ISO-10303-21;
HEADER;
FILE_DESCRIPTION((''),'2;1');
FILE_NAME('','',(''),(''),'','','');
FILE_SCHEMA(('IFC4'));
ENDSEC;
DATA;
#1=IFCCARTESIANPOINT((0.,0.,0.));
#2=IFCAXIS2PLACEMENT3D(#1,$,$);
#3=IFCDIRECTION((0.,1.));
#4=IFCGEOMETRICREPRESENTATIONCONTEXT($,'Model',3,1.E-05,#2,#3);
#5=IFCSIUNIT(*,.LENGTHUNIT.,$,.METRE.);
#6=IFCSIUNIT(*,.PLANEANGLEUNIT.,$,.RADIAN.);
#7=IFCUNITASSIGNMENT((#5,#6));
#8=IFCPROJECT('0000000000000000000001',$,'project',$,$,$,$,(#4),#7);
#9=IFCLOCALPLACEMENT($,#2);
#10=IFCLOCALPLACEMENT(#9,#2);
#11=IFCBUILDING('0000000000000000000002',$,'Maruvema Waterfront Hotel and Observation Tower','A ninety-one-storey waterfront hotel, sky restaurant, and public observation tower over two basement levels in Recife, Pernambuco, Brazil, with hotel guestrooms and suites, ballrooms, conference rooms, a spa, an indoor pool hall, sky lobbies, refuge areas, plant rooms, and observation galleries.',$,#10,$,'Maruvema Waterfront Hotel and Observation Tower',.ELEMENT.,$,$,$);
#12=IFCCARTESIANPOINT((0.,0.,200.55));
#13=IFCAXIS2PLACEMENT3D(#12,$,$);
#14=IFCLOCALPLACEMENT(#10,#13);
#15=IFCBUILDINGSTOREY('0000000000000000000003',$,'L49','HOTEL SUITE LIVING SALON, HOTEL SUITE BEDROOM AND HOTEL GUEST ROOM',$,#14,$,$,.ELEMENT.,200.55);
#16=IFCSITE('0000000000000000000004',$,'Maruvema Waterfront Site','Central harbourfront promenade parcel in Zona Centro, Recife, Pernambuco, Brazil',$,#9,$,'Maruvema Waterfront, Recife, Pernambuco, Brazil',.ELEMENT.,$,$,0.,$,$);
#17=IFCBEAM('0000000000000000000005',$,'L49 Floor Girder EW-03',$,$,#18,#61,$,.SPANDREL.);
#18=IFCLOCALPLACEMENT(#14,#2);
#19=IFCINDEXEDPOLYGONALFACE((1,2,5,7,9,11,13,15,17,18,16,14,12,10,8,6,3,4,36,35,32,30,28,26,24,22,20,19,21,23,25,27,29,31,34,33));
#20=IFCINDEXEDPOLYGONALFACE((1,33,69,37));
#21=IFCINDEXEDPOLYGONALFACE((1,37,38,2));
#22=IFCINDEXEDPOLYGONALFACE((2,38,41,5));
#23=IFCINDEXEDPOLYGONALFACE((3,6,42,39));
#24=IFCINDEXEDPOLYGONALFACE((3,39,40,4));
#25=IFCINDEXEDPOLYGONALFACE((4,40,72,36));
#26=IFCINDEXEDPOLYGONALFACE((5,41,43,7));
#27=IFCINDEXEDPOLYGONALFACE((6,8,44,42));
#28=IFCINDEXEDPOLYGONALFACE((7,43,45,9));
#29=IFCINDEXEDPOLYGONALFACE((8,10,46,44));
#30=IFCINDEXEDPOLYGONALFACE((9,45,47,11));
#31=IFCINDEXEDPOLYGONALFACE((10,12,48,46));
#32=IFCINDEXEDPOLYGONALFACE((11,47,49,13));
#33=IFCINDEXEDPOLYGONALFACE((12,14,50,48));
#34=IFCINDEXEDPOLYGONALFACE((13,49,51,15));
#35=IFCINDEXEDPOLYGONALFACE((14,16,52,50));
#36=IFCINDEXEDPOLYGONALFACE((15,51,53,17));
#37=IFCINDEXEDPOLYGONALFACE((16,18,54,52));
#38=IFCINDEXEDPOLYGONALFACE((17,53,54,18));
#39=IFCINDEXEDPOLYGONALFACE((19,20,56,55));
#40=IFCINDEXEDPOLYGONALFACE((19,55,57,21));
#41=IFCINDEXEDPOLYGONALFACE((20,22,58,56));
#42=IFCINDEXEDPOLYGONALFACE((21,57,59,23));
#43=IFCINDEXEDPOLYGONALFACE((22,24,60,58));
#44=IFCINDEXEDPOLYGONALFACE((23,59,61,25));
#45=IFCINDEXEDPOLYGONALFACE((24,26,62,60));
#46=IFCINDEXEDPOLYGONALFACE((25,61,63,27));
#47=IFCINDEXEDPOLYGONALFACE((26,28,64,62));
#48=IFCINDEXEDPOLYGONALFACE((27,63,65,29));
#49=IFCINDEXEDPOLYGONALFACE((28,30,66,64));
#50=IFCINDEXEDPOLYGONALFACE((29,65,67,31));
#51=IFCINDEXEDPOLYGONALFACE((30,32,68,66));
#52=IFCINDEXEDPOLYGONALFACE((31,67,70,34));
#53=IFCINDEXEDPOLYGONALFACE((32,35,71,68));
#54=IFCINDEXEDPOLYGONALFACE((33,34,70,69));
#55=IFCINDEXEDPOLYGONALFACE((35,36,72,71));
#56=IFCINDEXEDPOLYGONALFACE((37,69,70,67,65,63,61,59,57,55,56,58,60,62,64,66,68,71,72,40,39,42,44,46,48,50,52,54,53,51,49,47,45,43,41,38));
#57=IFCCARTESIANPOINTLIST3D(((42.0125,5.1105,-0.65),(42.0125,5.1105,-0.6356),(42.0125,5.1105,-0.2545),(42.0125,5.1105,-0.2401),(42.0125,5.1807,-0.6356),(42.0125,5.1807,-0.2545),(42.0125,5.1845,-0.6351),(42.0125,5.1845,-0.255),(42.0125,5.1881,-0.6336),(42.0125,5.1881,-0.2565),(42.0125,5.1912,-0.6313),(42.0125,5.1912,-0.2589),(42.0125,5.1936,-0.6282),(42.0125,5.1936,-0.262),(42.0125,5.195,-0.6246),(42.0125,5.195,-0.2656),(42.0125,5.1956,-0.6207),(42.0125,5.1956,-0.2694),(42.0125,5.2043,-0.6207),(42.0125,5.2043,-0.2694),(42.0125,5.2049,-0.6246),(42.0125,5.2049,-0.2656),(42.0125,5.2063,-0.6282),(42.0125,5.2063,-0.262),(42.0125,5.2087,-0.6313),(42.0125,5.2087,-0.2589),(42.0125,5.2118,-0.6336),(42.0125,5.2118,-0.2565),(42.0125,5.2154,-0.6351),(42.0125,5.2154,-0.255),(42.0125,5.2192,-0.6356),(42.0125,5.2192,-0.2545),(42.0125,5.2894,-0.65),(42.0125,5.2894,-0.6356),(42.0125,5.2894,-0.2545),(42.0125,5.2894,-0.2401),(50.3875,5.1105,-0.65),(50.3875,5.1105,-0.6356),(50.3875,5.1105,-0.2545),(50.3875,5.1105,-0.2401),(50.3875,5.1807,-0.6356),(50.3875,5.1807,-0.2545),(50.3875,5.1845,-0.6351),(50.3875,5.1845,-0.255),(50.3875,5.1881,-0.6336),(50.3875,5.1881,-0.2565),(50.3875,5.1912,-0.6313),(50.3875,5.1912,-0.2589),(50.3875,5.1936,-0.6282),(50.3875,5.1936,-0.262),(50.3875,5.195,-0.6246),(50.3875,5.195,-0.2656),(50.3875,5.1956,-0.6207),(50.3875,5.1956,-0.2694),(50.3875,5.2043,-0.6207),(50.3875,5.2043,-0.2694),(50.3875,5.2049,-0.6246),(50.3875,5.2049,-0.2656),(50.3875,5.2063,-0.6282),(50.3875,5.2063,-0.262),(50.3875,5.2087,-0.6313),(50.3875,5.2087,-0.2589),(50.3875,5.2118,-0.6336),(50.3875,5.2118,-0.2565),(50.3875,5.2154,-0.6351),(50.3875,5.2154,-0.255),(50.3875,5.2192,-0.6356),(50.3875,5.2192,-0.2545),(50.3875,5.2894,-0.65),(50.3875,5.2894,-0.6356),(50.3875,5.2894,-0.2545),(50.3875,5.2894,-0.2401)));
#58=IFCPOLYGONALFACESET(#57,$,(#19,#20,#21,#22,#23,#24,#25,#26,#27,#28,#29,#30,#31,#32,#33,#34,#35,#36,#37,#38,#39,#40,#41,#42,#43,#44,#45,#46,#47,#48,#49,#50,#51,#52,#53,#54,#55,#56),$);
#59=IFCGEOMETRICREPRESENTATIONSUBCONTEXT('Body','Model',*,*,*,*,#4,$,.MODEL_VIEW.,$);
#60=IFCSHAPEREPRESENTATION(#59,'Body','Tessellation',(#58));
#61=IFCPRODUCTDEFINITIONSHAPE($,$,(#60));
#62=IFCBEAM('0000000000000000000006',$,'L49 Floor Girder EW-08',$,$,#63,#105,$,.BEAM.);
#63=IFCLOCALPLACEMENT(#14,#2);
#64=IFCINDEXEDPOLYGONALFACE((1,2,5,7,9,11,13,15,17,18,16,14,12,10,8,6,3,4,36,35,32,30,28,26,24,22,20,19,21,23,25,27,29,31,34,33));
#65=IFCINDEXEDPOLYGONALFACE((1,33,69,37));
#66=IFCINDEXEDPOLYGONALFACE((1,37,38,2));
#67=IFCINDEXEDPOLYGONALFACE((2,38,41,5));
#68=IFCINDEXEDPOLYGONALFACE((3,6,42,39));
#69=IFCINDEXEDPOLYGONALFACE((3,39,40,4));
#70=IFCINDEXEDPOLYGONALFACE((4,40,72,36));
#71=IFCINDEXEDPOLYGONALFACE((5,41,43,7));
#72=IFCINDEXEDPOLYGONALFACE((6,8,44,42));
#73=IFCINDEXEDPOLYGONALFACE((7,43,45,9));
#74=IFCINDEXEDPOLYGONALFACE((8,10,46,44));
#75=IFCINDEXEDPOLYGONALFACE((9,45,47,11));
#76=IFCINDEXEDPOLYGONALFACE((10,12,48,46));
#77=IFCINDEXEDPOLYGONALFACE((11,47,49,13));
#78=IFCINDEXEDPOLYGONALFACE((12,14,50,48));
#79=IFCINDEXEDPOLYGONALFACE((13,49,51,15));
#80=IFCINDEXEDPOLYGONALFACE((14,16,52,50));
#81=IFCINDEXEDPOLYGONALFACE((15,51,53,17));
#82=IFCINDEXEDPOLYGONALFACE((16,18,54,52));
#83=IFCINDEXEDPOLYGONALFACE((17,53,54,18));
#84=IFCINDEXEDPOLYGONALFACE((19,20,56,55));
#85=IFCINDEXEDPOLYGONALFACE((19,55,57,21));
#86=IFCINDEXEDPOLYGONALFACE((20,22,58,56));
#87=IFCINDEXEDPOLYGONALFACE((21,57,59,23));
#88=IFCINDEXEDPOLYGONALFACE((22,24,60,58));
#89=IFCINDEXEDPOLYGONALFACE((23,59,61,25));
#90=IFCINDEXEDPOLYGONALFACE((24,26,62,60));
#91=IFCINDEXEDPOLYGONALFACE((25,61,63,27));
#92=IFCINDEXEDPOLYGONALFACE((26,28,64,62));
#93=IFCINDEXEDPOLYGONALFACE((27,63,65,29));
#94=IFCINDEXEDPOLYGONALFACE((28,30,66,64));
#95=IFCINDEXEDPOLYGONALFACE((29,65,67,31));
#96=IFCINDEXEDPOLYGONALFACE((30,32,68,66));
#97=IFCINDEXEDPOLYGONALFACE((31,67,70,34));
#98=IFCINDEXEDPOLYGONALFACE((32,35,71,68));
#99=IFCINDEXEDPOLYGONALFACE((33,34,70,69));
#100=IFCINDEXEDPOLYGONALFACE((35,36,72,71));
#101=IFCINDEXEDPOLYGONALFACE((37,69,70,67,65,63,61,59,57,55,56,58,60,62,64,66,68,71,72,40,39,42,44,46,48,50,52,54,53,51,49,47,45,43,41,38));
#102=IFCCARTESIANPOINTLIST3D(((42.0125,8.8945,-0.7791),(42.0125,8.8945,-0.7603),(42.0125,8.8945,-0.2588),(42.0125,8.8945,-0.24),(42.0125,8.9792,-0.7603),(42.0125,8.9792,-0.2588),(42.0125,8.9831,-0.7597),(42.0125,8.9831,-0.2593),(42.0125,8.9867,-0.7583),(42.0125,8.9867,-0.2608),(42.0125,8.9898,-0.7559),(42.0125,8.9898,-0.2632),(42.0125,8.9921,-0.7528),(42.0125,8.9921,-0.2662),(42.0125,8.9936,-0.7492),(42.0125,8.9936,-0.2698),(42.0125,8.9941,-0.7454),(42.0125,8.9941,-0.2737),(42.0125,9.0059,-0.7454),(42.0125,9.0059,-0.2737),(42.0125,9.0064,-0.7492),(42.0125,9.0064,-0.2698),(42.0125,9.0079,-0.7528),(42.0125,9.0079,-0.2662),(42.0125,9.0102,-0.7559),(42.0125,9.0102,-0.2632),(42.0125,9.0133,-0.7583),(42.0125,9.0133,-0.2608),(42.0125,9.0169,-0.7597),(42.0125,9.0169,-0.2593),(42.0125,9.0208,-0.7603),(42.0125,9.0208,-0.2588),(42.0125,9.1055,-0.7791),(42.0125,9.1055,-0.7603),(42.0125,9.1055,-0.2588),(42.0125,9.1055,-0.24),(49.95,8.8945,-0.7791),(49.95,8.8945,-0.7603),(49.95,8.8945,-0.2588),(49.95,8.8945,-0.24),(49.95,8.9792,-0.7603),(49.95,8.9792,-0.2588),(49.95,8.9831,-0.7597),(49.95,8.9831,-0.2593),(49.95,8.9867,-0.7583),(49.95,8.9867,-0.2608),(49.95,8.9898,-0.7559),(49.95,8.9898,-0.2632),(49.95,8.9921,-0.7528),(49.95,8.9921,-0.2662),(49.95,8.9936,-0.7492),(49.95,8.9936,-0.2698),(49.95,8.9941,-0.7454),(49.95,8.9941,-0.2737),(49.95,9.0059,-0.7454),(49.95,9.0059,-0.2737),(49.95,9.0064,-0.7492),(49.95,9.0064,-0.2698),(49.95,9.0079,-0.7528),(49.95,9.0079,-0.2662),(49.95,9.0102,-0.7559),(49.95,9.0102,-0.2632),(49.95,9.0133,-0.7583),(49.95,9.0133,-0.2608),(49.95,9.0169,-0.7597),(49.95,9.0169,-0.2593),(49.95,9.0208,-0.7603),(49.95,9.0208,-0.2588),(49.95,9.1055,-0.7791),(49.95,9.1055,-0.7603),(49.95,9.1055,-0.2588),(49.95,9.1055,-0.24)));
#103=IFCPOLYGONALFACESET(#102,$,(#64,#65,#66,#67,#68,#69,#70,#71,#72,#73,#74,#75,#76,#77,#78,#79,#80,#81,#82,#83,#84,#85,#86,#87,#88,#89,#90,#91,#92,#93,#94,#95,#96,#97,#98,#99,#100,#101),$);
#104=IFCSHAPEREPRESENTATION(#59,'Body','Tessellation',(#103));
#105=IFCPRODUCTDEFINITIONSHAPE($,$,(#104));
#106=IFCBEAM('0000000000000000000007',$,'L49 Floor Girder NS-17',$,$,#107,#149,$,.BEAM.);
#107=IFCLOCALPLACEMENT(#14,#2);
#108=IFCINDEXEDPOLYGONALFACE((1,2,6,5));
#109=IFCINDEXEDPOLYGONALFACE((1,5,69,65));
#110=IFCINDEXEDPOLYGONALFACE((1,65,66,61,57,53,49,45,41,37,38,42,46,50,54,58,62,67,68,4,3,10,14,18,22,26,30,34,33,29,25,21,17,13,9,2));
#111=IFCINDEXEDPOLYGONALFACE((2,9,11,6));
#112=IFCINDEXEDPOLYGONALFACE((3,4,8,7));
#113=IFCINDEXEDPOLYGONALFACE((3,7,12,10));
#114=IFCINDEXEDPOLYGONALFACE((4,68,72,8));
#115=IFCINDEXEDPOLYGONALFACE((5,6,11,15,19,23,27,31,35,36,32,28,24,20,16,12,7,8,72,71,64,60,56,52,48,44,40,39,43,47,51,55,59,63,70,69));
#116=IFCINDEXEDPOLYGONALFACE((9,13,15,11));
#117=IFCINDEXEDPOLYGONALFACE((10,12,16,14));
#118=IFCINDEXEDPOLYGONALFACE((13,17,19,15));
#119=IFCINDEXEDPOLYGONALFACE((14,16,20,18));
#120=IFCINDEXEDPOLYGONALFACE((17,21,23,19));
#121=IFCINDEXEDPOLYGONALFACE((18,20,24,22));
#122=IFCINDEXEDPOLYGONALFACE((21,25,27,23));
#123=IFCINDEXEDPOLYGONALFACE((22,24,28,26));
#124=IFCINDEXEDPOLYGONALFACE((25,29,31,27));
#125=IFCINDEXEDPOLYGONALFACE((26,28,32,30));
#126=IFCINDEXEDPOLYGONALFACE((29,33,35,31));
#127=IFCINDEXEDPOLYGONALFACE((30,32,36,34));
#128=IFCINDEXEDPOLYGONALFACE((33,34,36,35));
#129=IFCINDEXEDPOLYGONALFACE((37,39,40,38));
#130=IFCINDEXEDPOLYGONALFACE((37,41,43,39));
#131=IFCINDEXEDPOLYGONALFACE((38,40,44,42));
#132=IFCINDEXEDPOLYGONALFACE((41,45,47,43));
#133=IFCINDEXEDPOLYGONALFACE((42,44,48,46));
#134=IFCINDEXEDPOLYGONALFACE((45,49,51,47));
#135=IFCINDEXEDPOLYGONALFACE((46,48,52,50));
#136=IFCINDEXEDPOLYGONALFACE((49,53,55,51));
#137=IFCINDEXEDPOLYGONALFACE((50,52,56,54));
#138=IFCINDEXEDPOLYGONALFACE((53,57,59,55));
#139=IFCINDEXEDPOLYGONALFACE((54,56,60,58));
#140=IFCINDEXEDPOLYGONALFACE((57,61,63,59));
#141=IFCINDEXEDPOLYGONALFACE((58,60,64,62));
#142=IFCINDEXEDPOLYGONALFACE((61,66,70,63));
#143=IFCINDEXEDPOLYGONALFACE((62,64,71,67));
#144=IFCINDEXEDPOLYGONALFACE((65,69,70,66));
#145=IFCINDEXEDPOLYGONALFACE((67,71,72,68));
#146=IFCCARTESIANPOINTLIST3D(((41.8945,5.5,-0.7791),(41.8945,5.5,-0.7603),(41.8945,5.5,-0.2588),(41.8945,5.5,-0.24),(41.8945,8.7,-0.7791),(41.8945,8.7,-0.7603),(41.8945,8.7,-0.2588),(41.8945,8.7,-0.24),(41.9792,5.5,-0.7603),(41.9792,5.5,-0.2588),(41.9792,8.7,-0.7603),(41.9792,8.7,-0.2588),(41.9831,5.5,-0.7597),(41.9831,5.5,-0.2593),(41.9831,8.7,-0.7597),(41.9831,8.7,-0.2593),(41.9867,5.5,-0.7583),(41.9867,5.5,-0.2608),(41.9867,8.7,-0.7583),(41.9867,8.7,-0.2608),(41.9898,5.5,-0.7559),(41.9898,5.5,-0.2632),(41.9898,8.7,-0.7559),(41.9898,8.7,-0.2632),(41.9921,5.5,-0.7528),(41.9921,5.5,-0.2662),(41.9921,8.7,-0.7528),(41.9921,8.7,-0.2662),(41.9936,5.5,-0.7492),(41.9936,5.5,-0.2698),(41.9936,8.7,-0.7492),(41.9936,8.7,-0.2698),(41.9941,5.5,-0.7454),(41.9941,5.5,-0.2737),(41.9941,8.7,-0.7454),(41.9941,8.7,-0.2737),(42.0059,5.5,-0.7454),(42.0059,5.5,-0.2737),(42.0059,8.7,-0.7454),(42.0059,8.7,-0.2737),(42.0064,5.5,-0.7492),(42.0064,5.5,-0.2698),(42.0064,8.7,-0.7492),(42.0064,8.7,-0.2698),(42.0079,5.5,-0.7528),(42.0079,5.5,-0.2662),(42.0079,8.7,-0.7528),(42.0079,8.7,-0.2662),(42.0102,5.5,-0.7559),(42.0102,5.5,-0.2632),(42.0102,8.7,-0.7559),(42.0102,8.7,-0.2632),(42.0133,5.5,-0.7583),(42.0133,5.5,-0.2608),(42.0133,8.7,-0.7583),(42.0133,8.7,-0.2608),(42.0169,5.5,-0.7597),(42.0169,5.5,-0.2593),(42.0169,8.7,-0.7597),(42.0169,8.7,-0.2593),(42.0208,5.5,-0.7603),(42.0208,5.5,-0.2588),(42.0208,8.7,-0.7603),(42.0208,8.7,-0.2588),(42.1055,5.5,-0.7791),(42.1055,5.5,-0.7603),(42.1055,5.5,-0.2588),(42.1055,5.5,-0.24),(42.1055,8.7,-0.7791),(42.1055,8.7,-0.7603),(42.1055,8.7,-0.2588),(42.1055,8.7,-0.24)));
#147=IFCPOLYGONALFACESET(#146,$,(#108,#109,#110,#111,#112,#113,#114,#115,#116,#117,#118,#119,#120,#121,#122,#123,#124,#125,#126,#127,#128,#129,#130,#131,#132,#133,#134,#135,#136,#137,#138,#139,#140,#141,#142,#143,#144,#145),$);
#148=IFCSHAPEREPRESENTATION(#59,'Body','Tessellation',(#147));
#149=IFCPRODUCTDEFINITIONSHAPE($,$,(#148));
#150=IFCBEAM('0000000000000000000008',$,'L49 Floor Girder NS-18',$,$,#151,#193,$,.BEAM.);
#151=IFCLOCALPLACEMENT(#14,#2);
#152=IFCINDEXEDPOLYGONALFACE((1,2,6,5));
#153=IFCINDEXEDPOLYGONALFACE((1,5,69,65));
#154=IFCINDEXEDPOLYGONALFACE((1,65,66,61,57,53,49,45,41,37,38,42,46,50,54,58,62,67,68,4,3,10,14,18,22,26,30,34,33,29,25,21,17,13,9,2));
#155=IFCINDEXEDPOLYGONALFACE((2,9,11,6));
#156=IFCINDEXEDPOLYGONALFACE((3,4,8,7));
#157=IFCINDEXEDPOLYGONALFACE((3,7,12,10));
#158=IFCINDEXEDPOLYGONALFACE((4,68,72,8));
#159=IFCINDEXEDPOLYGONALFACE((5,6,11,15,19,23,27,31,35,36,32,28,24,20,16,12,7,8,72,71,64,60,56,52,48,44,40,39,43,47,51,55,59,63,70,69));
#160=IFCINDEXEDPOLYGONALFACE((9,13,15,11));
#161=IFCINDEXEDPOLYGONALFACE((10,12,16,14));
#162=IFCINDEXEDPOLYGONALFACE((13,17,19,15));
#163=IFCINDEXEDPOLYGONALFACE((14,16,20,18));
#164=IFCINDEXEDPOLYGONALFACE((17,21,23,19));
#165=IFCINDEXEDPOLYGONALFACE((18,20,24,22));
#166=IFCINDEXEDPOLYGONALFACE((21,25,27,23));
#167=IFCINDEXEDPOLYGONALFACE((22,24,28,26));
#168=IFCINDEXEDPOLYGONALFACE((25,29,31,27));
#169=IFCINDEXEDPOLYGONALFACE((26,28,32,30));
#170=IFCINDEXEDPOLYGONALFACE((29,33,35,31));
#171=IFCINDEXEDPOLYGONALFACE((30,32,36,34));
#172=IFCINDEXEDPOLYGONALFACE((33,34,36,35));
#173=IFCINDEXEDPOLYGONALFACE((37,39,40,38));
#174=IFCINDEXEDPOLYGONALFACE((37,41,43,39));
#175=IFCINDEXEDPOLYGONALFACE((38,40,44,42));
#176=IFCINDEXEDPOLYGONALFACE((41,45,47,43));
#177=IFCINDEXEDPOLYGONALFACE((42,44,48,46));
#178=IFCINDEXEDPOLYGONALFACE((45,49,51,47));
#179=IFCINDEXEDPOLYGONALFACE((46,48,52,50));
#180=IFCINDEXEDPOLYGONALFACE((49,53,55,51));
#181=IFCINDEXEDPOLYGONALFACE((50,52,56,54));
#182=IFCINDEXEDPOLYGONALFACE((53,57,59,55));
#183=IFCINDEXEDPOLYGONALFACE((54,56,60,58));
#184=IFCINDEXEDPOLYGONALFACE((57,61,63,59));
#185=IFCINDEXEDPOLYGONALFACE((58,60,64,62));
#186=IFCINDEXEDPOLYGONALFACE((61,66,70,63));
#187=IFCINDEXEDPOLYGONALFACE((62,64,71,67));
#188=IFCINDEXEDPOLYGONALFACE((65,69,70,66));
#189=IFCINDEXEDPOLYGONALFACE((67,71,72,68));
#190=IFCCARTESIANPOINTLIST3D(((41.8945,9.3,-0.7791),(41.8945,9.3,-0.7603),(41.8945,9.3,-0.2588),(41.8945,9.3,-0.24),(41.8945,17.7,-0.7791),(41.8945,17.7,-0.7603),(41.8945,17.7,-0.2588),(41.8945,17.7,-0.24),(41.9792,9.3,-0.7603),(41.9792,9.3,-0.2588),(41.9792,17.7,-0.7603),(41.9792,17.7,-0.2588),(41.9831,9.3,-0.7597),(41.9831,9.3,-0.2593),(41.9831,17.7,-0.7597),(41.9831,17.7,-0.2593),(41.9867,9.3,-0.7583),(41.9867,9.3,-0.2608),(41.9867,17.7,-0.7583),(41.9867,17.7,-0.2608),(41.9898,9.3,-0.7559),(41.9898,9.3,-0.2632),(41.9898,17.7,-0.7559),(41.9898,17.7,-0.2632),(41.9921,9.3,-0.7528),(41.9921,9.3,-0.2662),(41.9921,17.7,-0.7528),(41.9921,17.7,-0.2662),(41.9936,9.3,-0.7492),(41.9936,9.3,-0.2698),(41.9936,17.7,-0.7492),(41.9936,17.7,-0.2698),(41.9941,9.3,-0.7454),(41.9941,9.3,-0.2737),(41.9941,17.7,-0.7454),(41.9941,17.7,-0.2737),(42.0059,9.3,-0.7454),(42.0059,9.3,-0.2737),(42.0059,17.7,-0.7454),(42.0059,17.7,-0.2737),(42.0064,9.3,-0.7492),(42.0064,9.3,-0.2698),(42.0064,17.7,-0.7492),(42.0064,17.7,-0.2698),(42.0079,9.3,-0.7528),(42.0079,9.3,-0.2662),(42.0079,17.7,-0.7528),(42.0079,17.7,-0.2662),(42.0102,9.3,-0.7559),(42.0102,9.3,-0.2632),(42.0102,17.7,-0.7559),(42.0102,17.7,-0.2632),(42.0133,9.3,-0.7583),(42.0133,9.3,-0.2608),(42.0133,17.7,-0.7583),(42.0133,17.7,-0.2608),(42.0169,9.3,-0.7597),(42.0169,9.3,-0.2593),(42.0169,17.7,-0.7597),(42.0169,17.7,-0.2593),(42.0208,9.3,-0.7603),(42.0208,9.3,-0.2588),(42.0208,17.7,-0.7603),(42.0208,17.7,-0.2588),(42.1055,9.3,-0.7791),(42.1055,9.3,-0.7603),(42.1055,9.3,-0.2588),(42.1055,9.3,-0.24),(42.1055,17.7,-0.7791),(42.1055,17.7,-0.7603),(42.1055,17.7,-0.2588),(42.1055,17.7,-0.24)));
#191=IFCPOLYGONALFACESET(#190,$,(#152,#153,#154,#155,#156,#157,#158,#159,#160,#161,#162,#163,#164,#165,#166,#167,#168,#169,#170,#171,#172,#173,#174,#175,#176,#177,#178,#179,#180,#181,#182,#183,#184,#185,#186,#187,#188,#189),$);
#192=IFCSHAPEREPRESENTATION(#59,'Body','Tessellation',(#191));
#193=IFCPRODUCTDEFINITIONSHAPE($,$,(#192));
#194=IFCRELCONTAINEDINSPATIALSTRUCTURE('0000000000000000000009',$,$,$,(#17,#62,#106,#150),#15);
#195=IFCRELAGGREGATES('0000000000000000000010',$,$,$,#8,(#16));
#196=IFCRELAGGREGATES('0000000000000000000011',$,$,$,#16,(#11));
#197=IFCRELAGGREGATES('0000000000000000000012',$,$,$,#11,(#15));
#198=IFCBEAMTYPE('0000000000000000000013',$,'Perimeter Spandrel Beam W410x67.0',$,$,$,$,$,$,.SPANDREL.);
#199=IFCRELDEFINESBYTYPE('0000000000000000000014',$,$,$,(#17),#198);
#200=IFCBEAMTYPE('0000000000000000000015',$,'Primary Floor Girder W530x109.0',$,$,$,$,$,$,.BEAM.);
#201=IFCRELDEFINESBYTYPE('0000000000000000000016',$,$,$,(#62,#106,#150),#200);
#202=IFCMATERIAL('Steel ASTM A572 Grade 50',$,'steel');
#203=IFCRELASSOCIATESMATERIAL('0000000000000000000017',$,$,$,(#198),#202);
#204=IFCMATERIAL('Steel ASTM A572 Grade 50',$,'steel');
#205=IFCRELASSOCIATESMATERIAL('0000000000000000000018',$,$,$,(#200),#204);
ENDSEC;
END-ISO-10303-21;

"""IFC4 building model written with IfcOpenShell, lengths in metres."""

from ifc_helpers import new_model, si_unit, direction, frame, origin, origin_2d, place, context, subcontext, project, spatial, i_section, extrude, material, material_profile, profile_set, type_object, element, save


model = new_model("IFC4")

# Units and contexts
model_context = context("Model", 3, precision=1e-05, world=origin(), true_north=direction((0.0, 1.0)))
body_context = subcontext(model_context, "Body", "Model", "MODEL_VIEW")
ifc_project = project(units=[si_unit("LENGTHUNIT", "METRE"), si_unit("PLANEANGLEUNIT", "RADIAN")], contexts=[model_context])

# Site, building, storey
site_placement = place(None, origin())
site = spatial("IfcSite", under=ifc_project, at=site_placement, Name="Maruvema Waterfront Site", Description="Central harbourfront promenade parcel in Zona Centro, Recife, Pernambuco, Brazil", LongName="Maruvema Waterfront, Recife, Pernambuco, Brazil", CompositionType="ELEMENT", RefElevation=0.0)
building_placement = place(site_placement, origin())
building = spatial("IfcBuilding", under=site, at=building_placement, Name="Maruvema Waterfront Hotel and Observation Tower", Description="A ninety-one-storey waterfront hotel, sky restaurant, and public observation tower over two basement levels in Recife, Pernambuco, Brazil, with hotel guestrooms and suites, ballrooms, conference rooms, a spa, an indoor pool hall, sky lobbies, refuge areas, plant rooms, and observation galleries.", LongName="Maruvema Waterfront Hotel and Observation Tower", CompositionType="ELEMENT")
storey_placement = place(building_placement, frame((0.0, 0.0, 200.55)))
storey = spatial("IfcBuildingStorey", under=building, at=storey_placement, Name="L49", Description="HOTEL SUITE LIVING SALON, HOTEL SUITE BEDROOM AND HOTEL GUEST ROOM", CompositionType="ELEMENT", Elevation=200.55)

# Beams
ifc_material_1 = material(Name="Steel ASTM A572 Grade 50", Category="steel")
ifc_material_profile_1 = material_profile(ifc_material_1, i_section(OverallWidth=0.179, OverallDepth=0.4099, WebThickness=0.0088, FlangeThickness=0.0144, FilletRadius=0.0149, at=origin_2d()), Name="W410x67.0")
ifc_profile_set_1 = profile_set([ifc_material_profile_1], Name="Steel ASTM A572 Grade 50")
beam_type_1 = type_object("IfcBeamType", Name="Perimeter Spandrel Beam W410x67.0", PredefinedType="SPANDREL", material=ifc_profile_set_1)
beam_1_placement = place(storey_placement, frame((42.0125, 5.2, -0.4451), z_axis=(1.0, 0.0, 0.0), x_axis=(0.0, 1.0, 0.0)))
element("IfcBeam", 1, at=beam_1_placement, inside=storey, type_object=beam_type_1, Name="L49 Floor Girder EW-03", PredefinedType="SPANDREL", context=body_context, shape_type="SweptSolid", body=[
    extrude(i_section(OverallWidth=0.179, OverallDepth=0.4099, WebThickness=0.0088, FlangeThickness=0.0144, FilletRadius=0.0149, at=origin_2d()), origin(), (0.0, 0.0, 1.0), 8.375),
])
ifc_material_2 = material(Name="Steel ASTM A572 Grade 50", Category="steel")
ifc_material_profile_2 = material_profile(ifc_material_2, i_section(OverallWidth=0.2109, OverallDepth=0.5391, WebThickness=0.0117, FlangeThickness=0.0188, FilletRadius=0.0149, at=origin_2d()), Name="W530x109.0")
ifc_profile_set_2 = profile_set([ifc_material_profile_2], Name="Steel ASTM A572 Grade 50")
beam_type_2 = type_object("IfcBeamType", Name="Primary Floor Girder W530x109.0", PredefinedType="BEAM", material=ifc_profile_set_2)
beam_2_placement = place(storey_placement, frame((42.0125, 9.0, -0.5095), z_axis=(1.0, 0.0, 0.0), x_axis=(0.0, 1.0, 0.0)))
element("IfcBeam", 2, at=beam_2_placement, inside=storey, type_object=beam_type_2, Name="L49 Floor Girder EW-08", PredefinedType="BEAM", context=body_context, shape_type="SweptSolid", body=[
    extrude(i_section(OverallWidth=0.2109, OverallDepth=0.5391, WebThickness=0.0117, FlangeThickness=0.0188, FilletRadius=0.0149, at=origin_2d()), origin(), (0.0, 0.0, 1.0), 7.9375),
])
beam_3_placement = place(storey_placement, frame((42.0, 5.5, -0.5095), z_axis=(0.0, 1.0, 0.0), x_axis=(-1.0, 0.0, 0.0)))
element("IfcBeam", 3, at=beam_3_placement, inside=storey, type_object=beam_type_2, Name="L49 Floor Girder NS-17", PredefinedType="BEAM", context=body_context, shape_type="SweptSolid", body=[
    extrude(i_section(OverallWidth=0.2109, OverallDepth=0.5391, WebThickness=0.0117, FlangeThickness=0.0188, FilletRadius=0.0149, at=origin_2d()), origin(), (0.0, 0.0, 1.0), 3.2),
])
beam_4_placement = place(storey_placement, frame((42.0, 9.3, -0.5095), z_axis=(0.0, 1.0, 0.0), x_axis=(-1.0, 0.0, 0.0)))
element("IfcBeam", 4, at=beam_4_placement, inside=storey, type_object=beam_type_2, Name="L49 Floor Girder NS-18", PredefinedType="BEAM", context=body_context, shape_type="SweptSolid", body=[
    extrude(i_section(OverallWidth=0.2109, OverallDepth=0.5391, WebThickness=0.0117, FlangeThickness=0.0188, FilletRadius=0.0149, at=origin_2d()), origin(), (0.0, 0.0, 1.0), 8.3999),
])

save(model, "model.ifc")
